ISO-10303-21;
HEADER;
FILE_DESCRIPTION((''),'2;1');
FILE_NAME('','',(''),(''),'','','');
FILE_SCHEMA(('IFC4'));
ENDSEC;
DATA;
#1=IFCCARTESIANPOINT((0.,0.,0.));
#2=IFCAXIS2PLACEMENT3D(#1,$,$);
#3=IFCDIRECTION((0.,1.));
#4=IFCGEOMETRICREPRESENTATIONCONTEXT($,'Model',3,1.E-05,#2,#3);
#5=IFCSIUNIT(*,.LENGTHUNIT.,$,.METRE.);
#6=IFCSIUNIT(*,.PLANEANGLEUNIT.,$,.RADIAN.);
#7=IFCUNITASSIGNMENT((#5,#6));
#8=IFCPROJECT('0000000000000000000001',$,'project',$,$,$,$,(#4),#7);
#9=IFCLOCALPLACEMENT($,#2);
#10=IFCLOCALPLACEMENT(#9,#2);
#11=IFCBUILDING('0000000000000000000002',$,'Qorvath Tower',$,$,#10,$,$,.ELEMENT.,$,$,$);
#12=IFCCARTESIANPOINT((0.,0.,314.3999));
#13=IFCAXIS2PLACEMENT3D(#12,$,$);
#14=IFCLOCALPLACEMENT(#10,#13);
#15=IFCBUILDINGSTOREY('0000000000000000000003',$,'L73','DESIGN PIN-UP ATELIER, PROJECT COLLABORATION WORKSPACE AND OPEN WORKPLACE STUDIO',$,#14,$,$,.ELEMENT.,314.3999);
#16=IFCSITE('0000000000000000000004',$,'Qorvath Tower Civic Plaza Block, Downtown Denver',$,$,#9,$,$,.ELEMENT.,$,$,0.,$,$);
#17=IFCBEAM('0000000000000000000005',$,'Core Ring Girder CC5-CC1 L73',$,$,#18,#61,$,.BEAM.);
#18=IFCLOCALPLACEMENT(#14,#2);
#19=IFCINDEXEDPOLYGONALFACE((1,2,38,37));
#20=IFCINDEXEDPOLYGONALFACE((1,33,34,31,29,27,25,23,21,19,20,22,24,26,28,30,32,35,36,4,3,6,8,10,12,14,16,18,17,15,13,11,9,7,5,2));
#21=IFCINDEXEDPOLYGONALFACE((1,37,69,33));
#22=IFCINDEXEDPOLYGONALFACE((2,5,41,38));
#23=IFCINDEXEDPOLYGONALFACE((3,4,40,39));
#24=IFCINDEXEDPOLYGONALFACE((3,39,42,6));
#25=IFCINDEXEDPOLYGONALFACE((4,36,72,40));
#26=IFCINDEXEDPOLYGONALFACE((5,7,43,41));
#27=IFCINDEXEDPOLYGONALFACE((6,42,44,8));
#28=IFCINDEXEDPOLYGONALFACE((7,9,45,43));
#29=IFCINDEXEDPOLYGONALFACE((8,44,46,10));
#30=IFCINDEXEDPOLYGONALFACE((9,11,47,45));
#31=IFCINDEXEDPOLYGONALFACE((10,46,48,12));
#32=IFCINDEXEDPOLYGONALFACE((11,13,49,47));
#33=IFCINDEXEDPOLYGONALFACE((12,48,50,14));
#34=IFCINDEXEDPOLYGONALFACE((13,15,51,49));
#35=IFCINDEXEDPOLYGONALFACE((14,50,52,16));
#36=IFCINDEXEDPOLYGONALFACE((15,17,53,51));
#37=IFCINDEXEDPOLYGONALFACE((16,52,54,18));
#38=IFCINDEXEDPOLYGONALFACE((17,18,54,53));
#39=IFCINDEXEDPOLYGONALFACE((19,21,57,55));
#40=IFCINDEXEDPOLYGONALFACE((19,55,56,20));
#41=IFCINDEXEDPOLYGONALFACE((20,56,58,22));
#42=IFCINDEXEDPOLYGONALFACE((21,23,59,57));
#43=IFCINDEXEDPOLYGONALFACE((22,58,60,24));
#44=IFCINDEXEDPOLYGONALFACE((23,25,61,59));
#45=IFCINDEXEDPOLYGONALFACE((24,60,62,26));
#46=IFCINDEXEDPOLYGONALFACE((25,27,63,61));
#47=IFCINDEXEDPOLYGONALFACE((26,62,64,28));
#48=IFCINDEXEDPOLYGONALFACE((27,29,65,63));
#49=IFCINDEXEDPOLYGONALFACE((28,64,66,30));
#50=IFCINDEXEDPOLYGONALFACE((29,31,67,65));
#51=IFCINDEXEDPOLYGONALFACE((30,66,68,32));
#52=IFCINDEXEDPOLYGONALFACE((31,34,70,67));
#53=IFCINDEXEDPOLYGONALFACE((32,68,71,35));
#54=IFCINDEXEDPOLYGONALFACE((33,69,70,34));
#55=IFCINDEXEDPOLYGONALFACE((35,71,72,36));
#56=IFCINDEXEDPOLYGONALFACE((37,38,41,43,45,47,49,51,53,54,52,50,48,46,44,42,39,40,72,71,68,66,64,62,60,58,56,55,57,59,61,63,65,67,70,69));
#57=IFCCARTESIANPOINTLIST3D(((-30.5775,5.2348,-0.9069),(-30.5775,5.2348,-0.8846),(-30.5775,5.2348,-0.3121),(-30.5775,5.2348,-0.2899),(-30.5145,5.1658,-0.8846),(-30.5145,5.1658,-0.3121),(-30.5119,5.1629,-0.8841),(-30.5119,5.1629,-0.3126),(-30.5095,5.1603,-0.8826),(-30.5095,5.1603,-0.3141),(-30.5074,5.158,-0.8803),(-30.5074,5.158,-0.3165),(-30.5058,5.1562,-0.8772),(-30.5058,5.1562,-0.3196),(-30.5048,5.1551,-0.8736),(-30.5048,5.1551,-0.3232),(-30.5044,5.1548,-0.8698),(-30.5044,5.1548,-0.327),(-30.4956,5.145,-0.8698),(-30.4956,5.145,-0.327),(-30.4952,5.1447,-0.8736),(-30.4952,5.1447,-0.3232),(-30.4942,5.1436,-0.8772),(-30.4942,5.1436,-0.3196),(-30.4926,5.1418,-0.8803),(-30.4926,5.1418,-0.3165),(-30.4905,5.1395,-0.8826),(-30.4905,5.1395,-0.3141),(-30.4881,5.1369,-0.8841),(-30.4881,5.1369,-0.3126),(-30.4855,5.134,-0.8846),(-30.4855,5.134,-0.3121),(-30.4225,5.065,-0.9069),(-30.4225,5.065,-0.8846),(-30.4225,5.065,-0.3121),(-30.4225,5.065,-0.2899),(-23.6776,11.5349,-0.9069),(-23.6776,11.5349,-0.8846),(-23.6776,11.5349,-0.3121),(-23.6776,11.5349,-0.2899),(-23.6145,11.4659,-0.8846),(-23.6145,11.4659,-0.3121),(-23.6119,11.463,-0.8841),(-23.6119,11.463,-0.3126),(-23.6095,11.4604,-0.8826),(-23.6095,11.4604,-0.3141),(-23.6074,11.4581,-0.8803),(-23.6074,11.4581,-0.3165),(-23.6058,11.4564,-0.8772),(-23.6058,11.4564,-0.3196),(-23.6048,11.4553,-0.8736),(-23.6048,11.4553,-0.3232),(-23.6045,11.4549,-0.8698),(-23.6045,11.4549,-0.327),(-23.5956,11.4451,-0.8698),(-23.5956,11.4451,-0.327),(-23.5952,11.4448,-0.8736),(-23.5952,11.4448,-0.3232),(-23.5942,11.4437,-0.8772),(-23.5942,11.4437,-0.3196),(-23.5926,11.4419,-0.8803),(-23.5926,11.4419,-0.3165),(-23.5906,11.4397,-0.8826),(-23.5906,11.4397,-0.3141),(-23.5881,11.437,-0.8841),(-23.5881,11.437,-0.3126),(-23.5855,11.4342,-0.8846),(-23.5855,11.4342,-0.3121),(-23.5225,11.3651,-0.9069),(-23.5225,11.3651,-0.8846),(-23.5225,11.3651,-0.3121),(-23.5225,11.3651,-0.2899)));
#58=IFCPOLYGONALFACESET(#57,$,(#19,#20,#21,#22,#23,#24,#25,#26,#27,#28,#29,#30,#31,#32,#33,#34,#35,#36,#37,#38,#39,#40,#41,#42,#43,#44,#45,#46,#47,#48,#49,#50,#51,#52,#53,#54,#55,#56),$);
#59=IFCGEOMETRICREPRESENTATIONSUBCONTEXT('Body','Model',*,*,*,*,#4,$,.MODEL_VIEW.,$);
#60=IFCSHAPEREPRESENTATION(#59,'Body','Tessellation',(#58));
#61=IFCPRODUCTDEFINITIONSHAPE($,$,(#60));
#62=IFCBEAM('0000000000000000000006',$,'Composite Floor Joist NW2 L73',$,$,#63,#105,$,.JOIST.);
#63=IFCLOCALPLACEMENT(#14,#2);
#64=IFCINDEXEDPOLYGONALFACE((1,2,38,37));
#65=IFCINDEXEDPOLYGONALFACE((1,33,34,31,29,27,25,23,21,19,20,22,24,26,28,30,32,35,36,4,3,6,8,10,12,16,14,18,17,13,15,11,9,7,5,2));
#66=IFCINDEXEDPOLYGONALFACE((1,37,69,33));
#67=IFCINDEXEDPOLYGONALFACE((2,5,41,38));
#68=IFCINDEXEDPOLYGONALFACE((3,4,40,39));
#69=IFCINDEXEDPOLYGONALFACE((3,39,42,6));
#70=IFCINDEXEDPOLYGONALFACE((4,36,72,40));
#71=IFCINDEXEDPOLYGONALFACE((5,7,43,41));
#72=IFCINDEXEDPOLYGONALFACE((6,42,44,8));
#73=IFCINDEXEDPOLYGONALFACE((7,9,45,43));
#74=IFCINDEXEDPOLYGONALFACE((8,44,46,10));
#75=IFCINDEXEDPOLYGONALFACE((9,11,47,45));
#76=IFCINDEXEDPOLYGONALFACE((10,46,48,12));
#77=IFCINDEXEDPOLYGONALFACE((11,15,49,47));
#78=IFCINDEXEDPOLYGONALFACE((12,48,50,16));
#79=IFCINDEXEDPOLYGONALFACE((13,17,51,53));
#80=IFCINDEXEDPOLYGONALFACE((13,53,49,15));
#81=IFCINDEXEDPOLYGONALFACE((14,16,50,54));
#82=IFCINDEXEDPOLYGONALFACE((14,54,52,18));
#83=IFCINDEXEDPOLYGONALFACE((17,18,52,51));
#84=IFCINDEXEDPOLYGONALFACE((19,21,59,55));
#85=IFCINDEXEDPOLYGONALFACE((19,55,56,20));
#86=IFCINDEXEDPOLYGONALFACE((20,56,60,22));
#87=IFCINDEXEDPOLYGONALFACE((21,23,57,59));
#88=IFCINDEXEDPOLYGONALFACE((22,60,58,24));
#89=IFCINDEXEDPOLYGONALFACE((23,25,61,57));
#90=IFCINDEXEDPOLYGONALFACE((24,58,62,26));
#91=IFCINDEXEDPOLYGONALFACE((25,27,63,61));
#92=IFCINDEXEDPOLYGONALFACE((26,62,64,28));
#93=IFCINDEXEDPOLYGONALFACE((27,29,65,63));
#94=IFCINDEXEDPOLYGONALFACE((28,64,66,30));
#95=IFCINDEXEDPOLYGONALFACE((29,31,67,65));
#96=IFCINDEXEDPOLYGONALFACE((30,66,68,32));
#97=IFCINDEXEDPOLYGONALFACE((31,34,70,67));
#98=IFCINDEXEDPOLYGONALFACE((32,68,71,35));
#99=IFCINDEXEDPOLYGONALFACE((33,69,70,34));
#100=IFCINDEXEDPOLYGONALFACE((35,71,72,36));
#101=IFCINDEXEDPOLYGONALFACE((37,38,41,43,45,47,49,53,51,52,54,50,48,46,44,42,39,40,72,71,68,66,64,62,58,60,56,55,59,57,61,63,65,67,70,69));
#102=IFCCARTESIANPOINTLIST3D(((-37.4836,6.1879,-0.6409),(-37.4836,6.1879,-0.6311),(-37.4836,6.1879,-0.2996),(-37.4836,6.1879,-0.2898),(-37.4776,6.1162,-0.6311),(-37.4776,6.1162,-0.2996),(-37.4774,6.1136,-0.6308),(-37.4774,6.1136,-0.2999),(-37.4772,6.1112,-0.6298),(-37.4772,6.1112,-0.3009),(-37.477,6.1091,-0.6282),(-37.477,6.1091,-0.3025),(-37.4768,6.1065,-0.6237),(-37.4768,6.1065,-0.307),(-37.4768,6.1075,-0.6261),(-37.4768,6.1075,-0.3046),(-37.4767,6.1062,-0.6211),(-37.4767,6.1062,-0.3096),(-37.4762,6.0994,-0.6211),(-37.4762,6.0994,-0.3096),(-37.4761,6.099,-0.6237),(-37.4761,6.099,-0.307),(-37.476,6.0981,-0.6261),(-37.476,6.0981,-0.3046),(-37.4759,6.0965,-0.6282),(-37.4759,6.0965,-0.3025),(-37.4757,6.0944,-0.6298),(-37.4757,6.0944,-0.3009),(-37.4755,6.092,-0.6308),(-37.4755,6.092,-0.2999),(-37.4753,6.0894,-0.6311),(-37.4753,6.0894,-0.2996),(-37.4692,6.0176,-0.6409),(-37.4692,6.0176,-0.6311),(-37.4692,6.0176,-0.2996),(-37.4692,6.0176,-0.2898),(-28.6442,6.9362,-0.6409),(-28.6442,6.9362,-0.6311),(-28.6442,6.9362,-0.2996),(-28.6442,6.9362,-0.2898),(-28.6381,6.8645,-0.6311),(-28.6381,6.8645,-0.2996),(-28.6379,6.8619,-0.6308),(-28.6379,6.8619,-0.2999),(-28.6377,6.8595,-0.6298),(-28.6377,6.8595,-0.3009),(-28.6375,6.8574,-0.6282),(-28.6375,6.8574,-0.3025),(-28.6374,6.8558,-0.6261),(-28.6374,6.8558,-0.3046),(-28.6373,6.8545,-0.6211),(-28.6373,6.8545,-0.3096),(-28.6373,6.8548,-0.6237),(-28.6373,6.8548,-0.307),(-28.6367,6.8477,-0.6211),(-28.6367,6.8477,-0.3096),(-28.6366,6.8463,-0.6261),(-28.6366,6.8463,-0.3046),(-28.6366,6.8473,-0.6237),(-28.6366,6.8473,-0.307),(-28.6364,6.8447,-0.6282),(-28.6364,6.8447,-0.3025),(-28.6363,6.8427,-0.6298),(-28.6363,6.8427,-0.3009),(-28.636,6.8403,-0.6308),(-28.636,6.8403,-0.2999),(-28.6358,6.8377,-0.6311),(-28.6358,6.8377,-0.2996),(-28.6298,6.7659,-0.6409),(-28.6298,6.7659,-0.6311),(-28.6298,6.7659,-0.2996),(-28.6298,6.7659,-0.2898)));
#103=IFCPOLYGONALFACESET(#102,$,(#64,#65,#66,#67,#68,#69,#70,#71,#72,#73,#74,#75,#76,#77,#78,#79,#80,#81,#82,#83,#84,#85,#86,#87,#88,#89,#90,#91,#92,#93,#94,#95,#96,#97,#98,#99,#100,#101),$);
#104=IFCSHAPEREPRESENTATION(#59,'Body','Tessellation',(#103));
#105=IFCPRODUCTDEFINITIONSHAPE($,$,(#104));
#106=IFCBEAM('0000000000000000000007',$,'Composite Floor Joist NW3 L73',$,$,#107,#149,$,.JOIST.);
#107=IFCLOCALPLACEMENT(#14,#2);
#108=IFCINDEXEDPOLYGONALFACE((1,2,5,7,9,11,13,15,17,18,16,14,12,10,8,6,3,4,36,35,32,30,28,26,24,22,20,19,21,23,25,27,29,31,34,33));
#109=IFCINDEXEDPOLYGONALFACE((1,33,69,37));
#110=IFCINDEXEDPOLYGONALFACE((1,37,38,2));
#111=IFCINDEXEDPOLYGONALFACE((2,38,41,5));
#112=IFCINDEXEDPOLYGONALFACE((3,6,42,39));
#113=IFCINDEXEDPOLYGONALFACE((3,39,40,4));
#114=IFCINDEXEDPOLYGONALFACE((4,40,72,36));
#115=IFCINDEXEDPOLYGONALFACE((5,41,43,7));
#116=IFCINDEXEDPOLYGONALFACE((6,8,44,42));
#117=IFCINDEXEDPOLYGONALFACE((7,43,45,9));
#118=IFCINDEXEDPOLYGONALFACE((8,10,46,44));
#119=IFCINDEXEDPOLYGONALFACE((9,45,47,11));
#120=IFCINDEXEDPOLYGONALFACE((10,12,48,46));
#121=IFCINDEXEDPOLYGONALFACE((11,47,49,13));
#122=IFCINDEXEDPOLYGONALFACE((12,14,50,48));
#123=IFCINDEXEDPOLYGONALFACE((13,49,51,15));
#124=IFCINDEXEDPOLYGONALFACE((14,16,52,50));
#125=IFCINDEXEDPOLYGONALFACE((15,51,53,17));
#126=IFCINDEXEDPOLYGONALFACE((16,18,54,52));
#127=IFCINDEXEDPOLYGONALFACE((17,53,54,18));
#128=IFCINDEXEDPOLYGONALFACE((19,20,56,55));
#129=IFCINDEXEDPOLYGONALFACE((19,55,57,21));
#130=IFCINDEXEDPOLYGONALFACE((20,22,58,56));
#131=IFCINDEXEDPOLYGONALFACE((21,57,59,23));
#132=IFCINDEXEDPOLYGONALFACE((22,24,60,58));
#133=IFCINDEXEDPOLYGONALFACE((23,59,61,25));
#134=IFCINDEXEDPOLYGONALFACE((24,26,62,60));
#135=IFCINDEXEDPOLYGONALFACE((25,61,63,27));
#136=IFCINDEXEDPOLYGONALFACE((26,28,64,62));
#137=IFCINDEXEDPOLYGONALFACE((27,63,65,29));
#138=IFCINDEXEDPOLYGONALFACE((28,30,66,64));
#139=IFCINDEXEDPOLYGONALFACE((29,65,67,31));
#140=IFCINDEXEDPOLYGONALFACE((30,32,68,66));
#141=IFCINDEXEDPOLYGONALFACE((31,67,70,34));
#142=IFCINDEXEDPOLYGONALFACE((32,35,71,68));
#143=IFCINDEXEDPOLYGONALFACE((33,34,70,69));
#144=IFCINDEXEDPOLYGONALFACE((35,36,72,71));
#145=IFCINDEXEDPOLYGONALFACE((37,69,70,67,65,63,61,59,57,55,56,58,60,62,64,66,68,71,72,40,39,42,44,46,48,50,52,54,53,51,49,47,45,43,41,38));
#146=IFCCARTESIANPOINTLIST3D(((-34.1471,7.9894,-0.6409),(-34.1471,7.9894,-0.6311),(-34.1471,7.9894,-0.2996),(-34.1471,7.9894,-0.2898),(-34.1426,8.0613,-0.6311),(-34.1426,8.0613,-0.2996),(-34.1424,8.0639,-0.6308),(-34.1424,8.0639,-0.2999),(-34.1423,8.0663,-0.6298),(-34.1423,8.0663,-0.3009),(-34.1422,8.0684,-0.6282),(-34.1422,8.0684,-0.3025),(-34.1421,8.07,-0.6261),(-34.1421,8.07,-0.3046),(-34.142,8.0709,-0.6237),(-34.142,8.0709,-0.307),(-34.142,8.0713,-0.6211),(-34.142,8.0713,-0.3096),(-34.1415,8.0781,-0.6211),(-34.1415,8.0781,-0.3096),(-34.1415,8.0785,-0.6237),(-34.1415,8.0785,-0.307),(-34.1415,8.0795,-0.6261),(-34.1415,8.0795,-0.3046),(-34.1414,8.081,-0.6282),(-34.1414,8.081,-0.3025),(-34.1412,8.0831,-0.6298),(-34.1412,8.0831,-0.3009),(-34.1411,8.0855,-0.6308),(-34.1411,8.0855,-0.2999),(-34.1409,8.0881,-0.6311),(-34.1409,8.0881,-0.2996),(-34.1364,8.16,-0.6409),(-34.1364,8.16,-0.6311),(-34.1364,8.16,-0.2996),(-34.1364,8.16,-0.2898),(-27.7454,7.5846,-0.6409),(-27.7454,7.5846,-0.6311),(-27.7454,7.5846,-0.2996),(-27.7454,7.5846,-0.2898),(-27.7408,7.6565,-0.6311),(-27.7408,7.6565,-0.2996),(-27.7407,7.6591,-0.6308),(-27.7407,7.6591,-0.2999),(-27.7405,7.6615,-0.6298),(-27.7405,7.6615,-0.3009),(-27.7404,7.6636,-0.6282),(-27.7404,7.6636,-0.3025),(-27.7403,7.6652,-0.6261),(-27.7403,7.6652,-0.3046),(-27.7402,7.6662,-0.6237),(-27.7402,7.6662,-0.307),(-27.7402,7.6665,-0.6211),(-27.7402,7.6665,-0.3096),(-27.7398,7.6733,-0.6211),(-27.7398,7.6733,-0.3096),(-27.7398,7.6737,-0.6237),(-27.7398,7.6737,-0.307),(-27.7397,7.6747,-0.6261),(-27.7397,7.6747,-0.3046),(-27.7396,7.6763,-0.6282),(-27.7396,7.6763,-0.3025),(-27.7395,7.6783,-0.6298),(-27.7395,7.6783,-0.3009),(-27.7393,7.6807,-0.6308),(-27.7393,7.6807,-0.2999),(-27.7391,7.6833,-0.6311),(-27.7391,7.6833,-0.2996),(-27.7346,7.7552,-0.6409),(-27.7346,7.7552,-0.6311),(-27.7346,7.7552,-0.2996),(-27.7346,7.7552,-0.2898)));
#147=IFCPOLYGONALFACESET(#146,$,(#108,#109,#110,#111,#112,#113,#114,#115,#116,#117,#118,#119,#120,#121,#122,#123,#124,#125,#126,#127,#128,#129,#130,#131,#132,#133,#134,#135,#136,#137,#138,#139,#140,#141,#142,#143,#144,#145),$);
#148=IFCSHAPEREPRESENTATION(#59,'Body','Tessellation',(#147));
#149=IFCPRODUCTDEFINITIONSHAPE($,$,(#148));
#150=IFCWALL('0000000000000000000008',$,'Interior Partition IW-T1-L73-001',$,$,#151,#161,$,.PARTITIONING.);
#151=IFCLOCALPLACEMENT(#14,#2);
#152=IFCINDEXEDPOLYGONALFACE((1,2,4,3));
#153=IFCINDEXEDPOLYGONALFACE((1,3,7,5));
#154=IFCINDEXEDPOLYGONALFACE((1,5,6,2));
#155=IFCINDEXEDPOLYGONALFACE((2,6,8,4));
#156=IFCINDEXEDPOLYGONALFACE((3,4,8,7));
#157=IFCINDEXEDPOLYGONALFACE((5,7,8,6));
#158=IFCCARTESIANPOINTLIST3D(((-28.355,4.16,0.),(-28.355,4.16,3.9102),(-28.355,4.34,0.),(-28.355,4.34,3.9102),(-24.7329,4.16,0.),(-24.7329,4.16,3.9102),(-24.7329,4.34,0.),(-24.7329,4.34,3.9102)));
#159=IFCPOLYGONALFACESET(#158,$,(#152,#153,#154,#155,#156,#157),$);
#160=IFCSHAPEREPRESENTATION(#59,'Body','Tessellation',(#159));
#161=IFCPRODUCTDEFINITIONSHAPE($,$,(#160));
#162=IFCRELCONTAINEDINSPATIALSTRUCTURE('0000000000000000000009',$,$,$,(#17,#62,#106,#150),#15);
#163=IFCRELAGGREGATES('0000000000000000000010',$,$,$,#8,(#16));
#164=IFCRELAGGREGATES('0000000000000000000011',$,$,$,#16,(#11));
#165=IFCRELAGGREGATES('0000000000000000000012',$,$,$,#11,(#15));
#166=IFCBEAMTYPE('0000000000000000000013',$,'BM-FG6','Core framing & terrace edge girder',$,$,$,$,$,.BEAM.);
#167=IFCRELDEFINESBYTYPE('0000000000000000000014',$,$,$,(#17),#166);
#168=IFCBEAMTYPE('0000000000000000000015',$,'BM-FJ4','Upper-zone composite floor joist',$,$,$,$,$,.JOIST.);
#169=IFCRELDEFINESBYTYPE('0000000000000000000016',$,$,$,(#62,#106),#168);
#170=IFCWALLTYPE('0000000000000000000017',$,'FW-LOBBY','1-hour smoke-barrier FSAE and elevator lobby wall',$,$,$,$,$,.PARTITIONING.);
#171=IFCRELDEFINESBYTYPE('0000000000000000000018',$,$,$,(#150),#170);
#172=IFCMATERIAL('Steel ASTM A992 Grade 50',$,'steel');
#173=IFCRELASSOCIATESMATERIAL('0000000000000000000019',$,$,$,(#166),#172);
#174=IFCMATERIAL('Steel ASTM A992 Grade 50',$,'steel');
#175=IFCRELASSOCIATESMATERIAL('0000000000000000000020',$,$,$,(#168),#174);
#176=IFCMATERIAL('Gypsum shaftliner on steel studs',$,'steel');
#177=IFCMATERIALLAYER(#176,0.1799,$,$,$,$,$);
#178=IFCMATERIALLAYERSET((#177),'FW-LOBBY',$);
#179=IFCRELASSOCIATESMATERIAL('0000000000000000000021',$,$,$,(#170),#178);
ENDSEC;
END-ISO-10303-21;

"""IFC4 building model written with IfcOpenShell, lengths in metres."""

from ifc_helpers import new_model, si_unit, direction, frame, frame_2d, origin, origin_2d, place, context, subcontext, project, spatial, rectangle, i_section, extrude, material, layer, layer_set, material_profile, profile_set, type_object, element, save


model = new_model("IFC4")

# Units and contexts
model_context = context("Model", 3, precision=1e-05, world=origin(), true_north=direction((0.0, 1.0)))
body_context = subcontext(model_context, "Body", "Model", "MODEL_VIEW")
ifc_project = project(units=[si_unit("LENGTHUNIT", "METRE"), si_unit("PLANEANGLEUNIT", "RADIAN")], contexts=[model_context])

# Site, building, storey
site_placement = place(None, origin())
site = spatial("IfcSite", under=ifc_project, at=site_placement, Name="Qorvath Tower Civic Plaza Block, Downtown Denver", CompositionType="ELEMENT", RefElevation=0.0)
building_placement = place(site_placement, origin())
building = spatial("IfcBuilding", under=site, at=building_placement, Name="Qorvath Tower", CompositionType="ELEMENT")
storey_placement = place(building_placement, frame((0.0, 0.0, 314.3999)))
storey = spatial("IfcBuildingStorey", under=building, at=storey_placement, Name="L73", Description="DESIGN PIN-UP ATELIER, PROJECT COLLABORATION WORKSPACE AND OPEN WORKPLACE STUDIO", CompositionType="ELEMENT", Elevation=314.3999)

# Beams
ifc_material_1 = material(Name="Steel ASTM A992 Grade 50", Category="steel")
ifc_material_profile_1 = material_profile(ifc_material_1, i_section(OverallWidth=0.23, OverallDepth=0.6169, WebThickness=0.0132, FlangeThickness=0.0222, FilletRadius=0.0149, at=origin_2d()), Name="W24x94")
ifc_profile_set_1 = profile_set([ifc_material_profile_1], Name="Steel ASTM A992 Grade 50")
beam_type_1 = type_object("IfcBeamType", Name="BM-FG6", Description="Core framing & terrace edge girder", PredefinedType="BEAM", material=ifc_profile_set_1)
beam_1_placement = place(storey_placement, frame((-30.5, 5.1499, -0.5984), z_axis=(0.738478, 0.674277, 0.0), x_axis=(-0.674277, 0.738478, 0.0)))
element("IfcBeam", 1, at=beam_1_placement, inside=storey, type_object=beam_type_1, Name="Core Ring Girder CC5-CC1 L73", PredefinedType="BEAM", context=body_context, shape_type="SweptSolid", body=[
    extrude(i_section(OverallWidth=0.23, OverallDepth=0.6169, WebThickness=0.0132, FlangeThickness=0.0222, FilletRadius=0.0149, at=origin_2d()), origin(), (0.0, 0.0, 1.0), 9.3435),
])
ifc_material_2 = material(Name="Steel ASTM A992 Grade 50", Category="steel")
ifc_material_profile_2 = material_profile(ifc_material_2, i_section(OverallWidth=0.1709, OverallDepth=0.3511, WebThickness=0.0068, FlangeThickness=0.0098, FilletRadius=0.01, at=origin_2d()), Name="W14x30")
ifc_profile_set_2 = profile_set([ifc_material_profile_2], Name="Steel ASTM A992 Grade 50")
beam_type_2 = type_object("IfcBeamType", Name="BM-FJ4", Description="Upper-zone composite floor joist", PredefinedType="JOIST", material=ifc_profile_set_2)
beam_2_placement = place(storey_placement, frame((-28.637, 6.8511, -0.4653), z_axis=(-0.996436, -0.08435, 0.0), x_axis=(0.08435, -0.996436, 0.0)))
element("IfcBeam", 2, at=beam_2_placement, inside=storey, type_object=beam_type_2, Name="Composite Floor Joist NW2 L73", PredefinedType="JOIST", context=body_context, shape_type="SweptSolid", body=[
    extrude(i_section(OverallWidth=0.1709, OverallDepth=0.3511, WebThickness=0.0068, FlangeThickness=0.0098, FilletRadius=0.01, at=origin_2d()), origin(), (0.0, 0.0, 1.0), 8.8711),
])
beam_3_placement = place(storey_placement, frame((-27.74, 7.6699, -0.4653), z_axis=(-0.998007, 0.063103, 0.0), x_axis=(-0.063103, -0.998007, 0.0)))
element("IfcBeam", 3, at=beam_3_placement, inside=storey, type_object=beam_type_2, Name="Composite Floor Joist NW3 L73", PredefinedType="JOIST", context=body_context, shape_type="SweptSolid", body=[
    extrude(i_section(OverallWidth=0.1709, OverallDepth=0.3511, WebThickness=0.0068, FlangeThickness=0.0098, FilletRadius=0.01, at=origin_2d()), origin(), (0.0, 0.0, 1.0), 6.4146),
])

# Wall
ifc_material_3 = material(Name="Gypsum shaftliner on steel studs", Category="steel")
ifc_layer_1 = layer(ifc_material_3, 0.1799)
ifc_layer_set_1 = layer_set([ifc_layer_1], Name="FW-LOBBY")
wall_type_1 = type_object("IfcWallType", Name="FW-LOBBY", Description="1-hour smoke-barrier FSAE and elevator lobby wall", PredefinedType="PARTITIONING", material=ifc_layer_set_1)
wall_1_placement = place(storey_placement, frame((-28.355, 4.25, 0.0), z_axis=(0.0, 0.0, 1.0), x_axis=(1.0, 0.0, 0.0)))
element("IfcWall", 4, at=wall_1_placement, inside=storey, type_object=wall_type_1, Name="Interior Partition IW-T1-L73-001", PredefinedType="PARTITIONING", context=body_context, shape_type="SweptSolid", body=[
    extrude(rectangle(XDim=3.6221, YDim=0.1799, at=frame_2d((1.811, 0.0))), origin(), (0.0, 0.0, 1.0), 3.9102),
])

save(model, "model.ifc")
